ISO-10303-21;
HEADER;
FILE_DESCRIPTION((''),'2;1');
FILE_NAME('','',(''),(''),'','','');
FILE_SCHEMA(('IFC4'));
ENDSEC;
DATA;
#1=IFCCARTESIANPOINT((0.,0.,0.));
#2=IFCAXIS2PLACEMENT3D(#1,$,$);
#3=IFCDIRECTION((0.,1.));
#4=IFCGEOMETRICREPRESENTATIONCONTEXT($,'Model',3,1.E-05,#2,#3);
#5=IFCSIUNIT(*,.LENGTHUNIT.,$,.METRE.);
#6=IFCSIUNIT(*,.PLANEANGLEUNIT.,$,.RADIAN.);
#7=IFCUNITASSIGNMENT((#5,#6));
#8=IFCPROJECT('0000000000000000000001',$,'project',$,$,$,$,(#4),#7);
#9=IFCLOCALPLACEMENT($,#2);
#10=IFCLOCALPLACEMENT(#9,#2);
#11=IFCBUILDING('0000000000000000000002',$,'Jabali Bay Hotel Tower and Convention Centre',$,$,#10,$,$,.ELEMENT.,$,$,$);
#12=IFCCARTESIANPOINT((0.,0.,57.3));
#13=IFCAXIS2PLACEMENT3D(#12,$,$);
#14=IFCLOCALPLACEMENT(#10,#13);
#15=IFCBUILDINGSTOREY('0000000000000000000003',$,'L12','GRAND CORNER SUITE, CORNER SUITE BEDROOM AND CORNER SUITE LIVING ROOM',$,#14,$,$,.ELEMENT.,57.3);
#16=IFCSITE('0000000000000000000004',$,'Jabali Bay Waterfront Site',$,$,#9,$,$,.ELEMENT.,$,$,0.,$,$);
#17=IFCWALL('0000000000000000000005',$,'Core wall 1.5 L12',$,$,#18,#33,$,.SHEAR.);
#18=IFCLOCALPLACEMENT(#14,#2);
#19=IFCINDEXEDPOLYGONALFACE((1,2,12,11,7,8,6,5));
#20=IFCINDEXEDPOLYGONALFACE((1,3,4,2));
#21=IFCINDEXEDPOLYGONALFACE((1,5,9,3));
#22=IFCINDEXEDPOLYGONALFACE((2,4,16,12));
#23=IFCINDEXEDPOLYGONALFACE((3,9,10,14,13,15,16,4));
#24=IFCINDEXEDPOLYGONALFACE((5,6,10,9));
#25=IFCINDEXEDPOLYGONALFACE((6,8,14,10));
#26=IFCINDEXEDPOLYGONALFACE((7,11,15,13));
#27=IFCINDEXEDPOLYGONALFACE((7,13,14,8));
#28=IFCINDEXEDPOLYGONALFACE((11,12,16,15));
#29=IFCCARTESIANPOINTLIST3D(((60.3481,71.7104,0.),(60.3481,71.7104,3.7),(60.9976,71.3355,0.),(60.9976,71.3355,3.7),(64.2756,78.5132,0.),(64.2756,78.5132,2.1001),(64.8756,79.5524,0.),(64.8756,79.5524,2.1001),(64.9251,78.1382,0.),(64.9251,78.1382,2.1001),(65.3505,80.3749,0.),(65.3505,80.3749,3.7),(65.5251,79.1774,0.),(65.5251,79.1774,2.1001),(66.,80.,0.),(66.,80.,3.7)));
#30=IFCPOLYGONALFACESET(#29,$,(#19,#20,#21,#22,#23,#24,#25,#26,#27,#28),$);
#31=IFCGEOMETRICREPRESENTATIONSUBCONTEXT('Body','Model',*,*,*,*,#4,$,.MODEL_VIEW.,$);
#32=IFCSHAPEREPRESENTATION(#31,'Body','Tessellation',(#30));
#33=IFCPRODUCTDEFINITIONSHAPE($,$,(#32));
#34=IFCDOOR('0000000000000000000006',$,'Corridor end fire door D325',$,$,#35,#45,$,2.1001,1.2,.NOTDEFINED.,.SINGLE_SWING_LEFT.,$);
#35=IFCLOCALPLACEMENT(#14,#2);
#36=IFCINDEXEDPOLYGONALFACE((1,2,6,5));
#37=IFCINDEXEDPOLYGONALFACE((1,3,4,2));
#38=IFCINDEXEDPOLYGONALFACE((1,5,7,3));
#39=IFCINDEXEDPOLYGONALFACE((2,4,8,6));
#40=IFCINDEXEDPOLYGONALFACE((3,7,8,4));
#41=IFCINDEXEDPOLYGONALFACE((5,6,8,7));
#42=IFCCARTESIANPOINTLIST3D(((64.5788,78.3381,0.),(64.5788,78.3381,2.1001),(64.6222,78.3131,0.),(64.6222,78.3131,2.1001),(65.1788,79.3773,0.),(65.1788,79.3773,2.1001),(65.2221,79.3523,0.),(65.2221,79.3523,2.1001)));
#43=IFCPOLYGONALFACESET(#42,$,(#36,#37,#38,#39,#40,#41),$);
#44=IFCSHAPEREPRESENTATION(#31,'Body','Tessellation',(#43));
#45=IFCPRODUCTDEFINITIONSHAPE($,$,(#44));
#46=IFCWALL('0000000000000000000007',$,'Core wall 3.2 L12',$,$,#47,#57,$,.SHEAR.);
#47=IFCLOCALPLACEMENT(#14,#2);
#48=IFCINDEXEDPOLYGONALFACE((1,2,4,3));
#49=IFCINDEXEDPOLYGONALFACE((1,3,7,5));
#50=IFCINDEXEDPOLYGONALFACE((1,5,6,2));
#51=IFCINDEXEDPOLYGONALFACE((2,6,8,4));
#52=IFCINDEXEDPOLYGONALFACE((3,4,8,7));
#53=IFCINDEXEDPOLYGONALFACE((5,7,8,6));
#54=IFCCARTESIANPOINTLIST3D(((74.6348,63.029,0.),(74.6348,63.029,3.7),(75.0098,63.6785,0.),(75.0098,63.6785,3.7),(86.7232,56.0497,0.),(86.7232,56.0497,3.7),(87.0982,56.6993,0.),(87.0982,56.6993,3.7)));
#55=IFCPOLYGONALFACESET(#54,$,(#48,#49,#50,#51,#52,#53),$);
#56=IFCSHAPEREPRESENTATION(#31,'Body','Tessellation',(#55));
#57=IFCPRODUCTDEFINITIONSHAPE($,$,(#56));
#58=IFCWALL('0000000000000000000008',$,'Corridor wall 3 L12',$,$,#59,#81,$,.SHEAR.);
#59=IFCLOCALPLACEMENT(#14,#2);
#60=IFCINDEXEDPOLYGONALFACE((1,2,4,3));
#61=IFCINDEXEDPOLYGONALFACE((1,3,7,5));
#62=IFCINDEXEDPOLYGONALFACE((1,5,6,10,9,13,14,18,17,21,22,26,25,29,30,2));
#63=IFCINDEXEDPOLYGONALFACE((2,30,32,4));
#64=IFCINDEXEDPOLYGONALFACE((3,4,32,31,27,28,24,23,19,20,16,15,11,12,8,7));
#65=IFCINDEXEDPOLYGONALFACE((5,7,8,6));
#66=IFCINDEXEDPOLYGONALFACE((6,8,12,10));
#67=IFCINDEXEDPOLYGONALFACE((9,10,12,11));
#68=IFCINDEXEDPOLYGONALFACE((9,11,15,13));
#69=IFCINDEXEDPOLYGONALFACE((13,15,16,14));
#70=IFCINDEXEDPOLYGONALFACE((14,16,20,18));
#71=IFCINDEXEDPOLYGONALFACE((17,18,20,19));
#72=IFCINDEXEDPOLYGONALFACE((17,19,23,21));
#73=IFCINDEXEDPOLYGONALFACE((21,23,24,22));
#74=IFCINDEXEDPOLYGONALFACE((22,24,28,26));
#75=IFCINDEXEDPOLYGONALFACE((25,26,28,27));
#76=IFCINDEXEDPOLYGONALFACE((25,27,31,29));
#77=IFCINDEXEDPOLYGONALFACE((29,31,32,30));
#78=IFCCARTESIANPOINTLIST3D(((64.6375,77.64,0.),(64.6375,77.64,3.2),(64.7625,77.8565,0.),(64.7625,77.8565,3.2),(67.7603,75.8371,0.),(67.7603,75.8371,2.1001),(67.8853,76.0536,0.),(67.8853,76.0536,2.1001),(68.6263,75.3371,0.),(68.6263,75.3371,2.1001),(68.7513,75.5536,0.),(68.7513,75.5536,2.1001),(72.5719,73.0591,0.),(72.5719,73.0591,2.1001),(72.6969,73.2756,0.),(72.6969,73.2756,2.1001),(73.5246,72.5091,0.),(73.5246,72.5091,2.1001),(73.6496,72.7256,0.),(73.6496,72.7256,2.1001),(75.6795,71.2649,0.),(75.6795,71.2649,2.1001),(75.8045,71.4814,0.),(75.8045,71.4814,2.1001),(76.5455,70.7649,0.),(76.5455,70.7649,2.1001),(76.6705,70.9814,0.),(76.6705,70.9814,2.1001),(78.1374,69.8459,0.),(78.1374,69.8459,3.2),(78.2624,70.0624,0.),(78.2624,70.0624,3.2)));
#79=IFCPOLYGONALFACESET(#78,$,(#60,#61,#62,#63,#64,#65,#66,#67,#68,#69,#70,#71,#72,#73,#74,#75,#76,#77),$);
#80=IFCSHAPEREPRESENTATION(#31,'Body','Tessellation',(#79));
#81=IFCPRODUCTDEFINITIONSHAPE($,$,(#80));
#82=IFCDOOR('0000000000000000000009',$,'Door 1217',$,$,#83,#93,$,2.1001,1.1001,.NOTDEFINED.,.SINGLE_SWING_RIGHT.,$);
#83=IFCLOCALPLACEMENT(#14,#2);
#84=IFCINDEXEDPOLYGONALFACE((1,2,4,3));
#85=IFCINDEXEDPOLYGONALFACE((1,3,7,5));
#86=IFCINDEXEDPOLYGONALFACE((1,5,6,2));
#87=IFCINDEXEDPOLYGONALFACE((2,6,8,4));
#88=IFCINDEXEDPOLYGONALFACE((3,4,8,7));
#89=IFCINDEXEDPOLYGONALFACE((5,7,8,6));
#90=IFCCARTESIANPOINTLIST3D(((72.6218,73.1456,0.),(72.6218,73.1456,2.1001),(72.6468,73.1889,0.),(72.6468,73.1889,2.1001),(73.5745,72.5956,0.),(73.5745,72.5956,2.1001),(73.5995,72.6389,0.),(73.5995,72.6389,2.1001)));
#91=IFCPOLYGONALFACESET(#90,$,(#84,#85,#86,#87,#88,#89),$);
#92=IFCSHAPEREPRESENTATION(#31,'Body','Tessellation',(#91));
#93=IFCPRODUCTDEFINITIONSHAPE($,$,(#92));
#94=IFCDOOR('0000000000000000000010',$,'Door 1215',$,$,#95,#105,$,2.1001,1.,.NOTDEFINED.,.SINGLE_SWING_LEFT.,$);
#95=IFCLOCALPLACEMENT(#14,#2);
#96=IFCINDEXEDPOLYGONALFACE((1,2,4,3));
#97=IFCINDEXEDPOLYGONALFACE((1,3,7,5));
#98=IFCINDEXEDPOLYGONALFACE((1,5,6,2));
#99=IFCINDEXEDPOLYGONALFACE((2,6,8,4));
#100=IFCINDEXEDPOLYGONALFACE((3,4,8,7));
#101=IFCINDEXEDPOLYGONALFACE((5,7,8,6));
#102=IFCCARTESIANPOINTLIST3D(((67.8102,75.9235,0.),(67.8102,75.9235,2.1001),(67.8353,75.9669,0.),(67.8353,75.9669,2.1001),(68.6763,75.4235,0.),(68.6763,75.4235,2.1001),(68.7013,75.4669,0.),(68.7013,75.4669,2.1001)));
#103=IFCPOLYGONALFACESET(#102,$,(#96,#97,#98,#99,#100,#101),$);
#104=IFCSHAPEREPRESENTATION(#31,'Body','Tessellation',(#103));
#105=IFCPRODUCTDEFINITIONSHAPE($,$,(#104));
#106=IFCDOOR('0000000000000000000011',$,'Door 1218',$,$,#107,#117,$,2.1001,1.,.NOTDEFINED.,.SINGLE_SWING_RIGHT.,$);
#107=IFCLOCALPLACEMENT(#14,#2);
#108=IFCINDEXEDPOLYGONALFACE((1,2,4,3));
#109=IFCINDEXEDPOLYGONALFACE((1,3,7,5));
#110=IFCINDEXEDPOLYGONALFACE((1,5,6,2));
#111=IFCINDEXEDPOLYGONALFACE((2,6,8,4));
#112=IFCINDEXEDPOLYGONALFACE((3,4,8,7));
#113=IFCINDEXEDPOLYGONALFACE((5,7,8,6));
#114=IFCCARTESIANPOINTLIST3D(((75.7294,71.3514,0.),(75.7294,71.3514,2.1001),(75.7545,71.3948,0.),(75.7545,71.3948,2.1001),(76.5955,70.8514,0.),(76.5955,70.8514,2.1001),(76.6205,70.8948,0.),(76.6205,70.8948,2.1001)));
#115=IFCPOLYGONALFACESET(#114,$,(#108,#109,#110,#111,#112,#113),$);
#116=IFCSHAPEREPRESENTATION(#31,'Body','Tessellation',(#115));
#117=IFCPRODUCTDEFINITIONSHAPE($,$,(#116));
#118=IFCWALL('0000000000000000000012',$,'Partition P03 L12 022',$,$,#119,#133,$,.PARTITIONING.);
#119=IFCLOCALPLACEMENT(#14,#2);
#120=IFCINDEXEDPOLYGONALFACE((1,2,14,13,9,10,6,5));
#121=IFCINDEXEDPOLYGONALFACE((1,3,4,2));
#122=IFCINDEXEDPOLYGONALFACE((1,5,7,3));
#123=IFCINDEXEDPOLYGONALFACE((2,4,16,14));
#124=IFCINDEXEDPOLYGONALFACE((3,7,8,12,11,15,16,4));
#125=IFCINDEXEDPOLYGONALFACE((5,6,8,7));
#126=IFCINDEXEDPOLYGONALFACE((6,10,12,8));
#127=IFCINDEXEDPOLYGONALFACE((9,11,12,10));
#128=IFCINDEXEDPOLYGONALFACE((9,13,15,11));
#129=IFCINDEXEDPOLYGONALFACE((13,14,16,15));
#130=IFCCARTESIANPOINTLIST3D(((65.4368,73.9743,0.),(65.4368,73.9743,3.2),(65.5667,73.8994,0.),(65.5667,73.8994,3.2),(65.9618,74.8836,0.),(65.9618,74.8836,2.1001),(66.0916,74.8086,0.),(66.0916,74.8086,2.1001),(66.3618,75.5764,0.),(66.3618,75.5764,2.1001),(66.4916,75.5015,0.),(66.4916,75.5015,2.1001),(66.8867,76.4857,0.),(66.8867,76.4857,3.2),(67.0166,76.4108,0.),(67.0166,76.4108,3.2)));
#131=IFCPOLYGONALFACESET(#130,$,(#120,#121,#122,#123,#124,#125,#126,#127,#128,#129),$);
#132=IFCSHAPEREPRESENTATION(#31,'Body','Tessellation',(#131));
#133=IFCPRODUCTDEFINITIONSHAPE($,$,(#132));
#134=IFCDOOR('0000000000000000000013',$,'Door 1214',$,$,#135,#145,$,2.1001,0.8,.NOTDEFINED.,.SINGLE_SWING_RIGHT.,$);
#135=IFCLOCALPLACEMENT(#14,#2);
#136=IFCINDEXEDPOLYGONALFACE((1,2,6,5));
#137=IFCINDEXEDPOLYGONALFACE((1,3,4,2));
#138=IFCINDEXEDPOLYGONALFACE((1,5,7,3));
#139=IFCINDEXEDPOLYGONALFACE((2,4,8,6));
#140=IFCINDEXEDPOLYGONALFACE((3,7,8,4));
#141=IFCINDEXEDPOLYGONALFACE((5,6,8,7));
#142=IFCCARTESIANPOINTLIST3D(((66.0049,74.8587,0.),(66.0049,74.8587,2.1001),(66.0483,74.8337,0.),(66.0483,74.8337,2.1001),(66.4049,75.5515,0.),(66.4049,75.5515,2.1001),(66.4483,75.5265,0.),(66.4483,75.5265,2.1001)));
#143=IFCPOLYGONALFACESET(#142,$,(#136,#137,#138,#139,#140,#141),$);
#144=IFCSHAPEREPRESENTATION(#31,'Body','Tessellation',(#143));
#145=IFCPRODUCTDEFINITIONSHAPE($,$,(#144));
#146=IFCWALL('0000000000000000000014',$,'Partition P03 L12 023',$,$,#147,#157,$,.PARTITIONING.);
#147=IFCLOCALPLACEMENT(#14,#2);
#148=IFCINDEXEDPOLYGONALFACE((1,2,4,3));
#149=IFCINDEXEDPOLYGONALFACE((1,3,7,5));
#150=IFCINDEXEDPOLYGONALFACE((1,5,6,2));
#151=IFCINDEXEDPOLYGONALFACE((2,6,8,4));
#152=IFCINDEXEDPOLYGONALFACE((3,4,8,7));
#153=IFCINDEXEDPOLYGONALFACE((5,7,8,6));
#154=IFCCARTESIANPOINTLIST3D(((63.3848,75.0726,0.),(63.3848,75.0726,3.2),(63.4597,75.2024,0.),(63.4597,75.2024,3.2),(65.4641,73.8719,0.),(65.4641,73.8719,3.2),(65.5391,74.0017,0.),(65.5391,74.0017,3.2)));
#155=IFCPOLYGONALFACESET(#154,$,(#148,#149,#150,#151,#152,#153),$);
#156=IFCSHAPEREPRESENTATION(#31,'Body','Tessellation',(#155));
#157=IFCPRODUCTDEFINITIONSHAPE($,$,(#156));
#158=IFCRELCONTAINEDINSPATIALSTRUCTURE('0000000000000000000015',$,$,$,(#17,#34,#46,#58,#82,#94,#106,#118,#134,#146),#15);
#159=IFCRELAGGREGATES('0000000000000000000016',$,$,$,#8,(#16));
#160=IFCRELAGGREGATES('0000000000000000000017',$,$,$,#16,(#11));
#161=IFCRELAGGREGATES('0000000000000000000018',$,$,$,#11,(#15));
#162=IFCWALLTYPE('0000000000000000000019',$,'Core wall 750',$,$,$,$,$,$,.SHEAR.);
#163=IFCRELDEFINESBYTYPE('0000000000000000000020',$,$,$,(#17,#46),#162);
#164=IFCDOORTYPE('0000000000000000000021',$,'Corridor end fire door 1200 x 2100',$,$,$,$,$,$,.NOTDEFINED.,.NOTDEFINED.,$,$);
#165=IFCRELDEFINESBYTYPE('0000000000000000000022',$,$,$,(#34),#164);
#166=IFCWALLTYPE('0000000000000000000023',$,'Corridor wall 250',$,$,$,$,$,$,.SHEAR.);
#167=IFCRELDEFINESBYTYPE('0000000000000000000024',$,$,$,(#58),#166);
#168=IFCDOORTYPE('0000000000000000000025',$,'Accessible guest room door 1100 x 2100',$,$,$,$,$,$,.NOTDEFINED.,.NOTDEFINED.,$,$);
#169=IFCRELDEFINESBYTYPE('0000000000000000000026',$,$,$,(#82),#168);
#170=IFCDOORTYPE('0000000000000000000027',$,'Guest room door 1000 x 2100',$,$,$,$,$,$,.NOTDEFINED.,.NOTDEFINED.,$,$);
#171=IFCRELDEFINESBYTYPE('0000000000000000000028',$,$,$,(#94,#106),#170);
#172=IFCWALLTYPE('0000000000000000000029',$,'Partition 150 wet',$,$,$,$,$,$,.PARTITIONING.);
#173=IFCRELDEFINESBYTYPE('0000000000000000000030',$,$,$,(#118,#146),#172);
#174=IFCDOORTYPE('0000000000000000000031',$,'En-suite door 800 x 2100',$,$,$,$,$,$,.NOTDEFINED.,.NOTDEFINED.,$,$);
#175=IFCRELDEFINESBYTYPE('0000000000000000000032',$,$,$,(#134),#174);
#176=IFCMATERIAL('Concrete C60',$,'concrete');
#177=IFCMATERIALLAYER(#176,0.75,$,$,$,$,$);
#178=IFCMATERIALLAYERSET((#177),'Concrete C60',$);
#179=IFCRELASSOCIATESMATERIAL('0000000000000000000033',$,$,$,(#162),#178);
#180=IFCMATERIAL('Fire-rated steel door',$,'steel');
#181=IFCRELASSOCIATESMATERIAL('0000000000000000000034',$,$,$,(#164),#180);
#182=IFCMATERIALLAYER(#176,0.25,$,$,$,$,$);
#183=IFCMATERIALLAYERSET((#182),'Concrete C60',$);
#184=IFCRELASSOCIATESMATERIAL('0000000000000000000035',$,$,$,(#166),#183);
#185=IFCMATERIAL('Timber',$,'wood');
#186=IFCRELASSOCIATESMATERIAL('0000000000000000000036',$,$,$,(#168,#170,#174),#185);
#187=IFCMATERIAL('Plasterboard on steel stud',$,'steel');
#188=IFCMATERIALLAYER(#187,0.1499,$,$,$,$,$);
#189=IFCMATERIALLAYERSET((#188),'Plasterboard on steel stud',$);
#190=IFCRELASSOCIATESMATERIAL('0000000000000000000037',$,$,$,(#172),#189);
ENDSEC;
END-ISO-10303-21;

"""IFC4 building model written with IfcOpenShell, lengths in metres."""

from ifc_helpers import new_model, si_unit, direction, frame, frame_2d, origin, place, context, subcontext, project, spatial, rectangle, extrude, material, layer, layer_set, type_object, element, fill, save


model = new_model("IFC4")

# Units and contexts
model_context = context("Model", 3, precision=1e-05, world=origin(), true_north=direction((0.0, 1.0)))
body_context = subcontext(model_context, "Body", "Model", "MODEL_VIEW")
ifc_project = project(units=[si_unit("LENGTHUNIT", "METRE"), si_unit("PLANEANGLEUNIT", "RADIAN")], contexts=[model_context])

# Site, building, storey
site_placement = place(None, origin())
site = spatial("IfcSite", under=ifc_project, at=site_placement, Name="Jabali Bay Waterfront Site", CompositionType="ELEMENT", RefElevation=0.0)
building_placement = place(site_placement, origin())
building = spatial("IfcBuilding", under=site, at=building_placement, Name="Jabali Bay Hotel Tower and Convention Centre", CompositionType="ELEMENT")
storey_placement = place(building_placement, frame((0.0, 0.0, 57.3)))
storey = spatial("IfcBuildingStorey", under=building, at=storey_placement, Name="L12", Description="GRAND CORNER SUITE, CORNER SUITE BEDROOM AND CORNER SUITE LIVING ROOM", CompositionType="ELEMENT", Elevation=57.3)

# Shared definitions
ifc_material_1 = material(Name="Fire-rated steel door", Category="steel")

# Wall, opening, door
ifc_material_2 = material(Name="Concrete C60", Category="concrete")
ifc_layer_1 = layer(ifc_material_2, 0.75)
ifc_layer_set_1 = layer_set([ifc_layer_1], Name="Concrete C60")
wall_type_1 = type_object("IfcWallType", Name="Core wall 750", PredefinedType="SHEAR", material=ifc_layer_set_1)
wall_1_placement = place(storey_placement, frame((60.6729, 71.5229, 0.0), z_axis=(0.0, 0.0, 1.0), x_axis=(0.499997, 0.866027, 0.0)))
wall_1 = element("IfcWall", 1, at=wall_1_placement, inside=storey, type_object=wall_type_1, Name="Core wall 1.5 L12", PredefinedType="SHEAR", context=body_context, shape_type="SweptSolid", body=[
    extrude(rectangle(XDim=10.0049, YDim=0.75, at=frame_2d((5.0024, 0.0))), origin(), (0.0, 0.0, 1.0), 3.7),
])
opening_1_placement = place(wall_1_placement, frame((7.855, 0.0, 0.0)))
opening_1 = element("IfcOpeningElement", 2, at=opening_1_placement, cuts=wall_1, PredefinedType="OPENING", context=body_context, shape_type="SweptSolid", body=[
    extrude(rectangle(XDim=1.2, YDim=2.1001, at=frame_2d((0.6001, 1.05))), frame((0.0, 0.3855, 0.0), z_axis=(0.0, -1.0, 0.0), x_axis=(1.0, 0.0, 0.0)), (0.0, 0.0, 1.0), 0.771),
])
door_type_1 = type_object("IfcDoorType", Name="Corridor end fire door 1200 x 2100", OperationType="NOTDEFINED", PredefinedType="NOTDEFINED", material=ifc_material_1)
door_1_placement = place(opening_1_placement, origin())
door_1 = element("IfcDoor", 3, at=door_1_placement, inside=storey, type_object=door_type_1, Name="Corridor end fire door D325", OperationType="SINGLE_SWING_LEFT", OverallHeight=2.1001, OverallWidth=1.2, PredefinedType="NOTDEFINED", context=body_context, shape_type="SweptSolid", body=[
    extrude(rectangle(XDim=1.2, YDim=2.1001, at=frame_2d((0.6001, 1.05))), frame((0.0, 0.0249, 0.0), z_axis=(0.0, -1.0, 0.0), x_axis=(1.0, 0.0, 0.0)), (0.0, 0.0, 1.0), 0.05),
])
fill(opening_1, door_1)

# Wall
wall_2_placement = place(storey_placement, frame((74.8223, 63.3538, 0.0), z_axis=(0.0, 0.0, 1.0), x_axis=(0.866025, -0.500001, 0.0)))
element("IfcWall", 4, at=wall_2_placement, inside=storey, type_object=wall_type_1, Name="Core wall 3.2 L12", PredefinedType="SHEAR", context=body_context, shape_type="SweptSolid", body=[
    extrude(rectangle(XDim=13.9585, YDim=0.75, at=frame_2d((6.9792, 0.0))), origin(), (0.0, 0.0, 1.0), 3.7),
])

# Wall, openings, doors
ifc_layer_2 = layer(ifc_material_2, 0.25)
ifc_layer_set_2 = layer_set([ifc_layer_2], Name="Concrete C60")
wall_type_2 = type_object("IfcWallType", Name="Corridor wall 250", PredefinedType="SHEAR", material=ifc_layer_set_2)
wall_3_placement = place(storey_placement, frame((64.7, 77.7483, 0.0), z_axis=(0.0, 0.0, 1.0), x_axis=(0.866026, -0.499998, 0.0)))
wall_3 = element("IfcWall", 5, at=wall_3_placement, inside=storey, type_object=wall_type_2, Name="Corridor wall 3 L12", PredefinedType="SHEAR", context=body_context, shape_type="SweptSolid", body=[
    extrude(rectangle(XDim=15.5884, YDim=0.25, at=frame_2d((7.7942, 0.0))), origin(), (0.0, 0.0, 1.0), 3.2),
])
opening_2_placement = place(wall_3_placement, frame((3.606, 0.0, 0.0)))
opening_2 = element("IfcOpeningElement", 6, at=opening_2_placement, cuts=wall_3, PredefinedType="OPENING", context=body_context, shape_type="SweptSolid", body=[
    extrude(rectangle(XDim=1.0, YDim=2.1001, at=frame_2d((0.5, 1.05))), frame((0.0, 0.1355, 0.0), z_axis=(0.0, -1.0, 0.0), x_axis=(1.0, 0.0, 0.0)), (0.0, 0.0, 1.0), 0.271),
])
opening_3_placement = place(wall_3_placement, frame((9.1619, 0.0, 0.0)))
opening_3 = element("IfcOpeningElement", 7, at=opening_3_placement, cuts=wall_3, PredefinedType="OPENING", context=body_context, shape_type="SweptSolid", body=[
    extrude(rectangle(XDim=1.1001, YDim=2.1001, at=frame_2d((0.55, 1.05))), frame((0.0, 0.1355, 0.0), z_axis=(0.0, -1.0, 0.0), x_axis=(1.0, 0.0, 0.0)), (0.0, 0.0, 1.0), 0.271),
])
opening_4_placement = place(wall_3_placement, frame((12.7502, 0.0, 0.0)))
opening_4 = element("IfcOpeningElement", 8, at=opening_4_placement, cuts=wall_3, PredefinedType="OPENING", context=body_context, shape_type="SweptSolid", body=[
    extrude(rectangle(XDim=1.0, YDim=2.1001, at=frame_2d((0.5, 1.05))), frame((0.0, 0.1355, 0.0), z_axis=(0.0, -1.0, 0.0), x_axis=(1.0, 0.0, 0.0)), (0.0, 0.0, 1.0), 0.271),
])
ifc_material_3 = material(Name="Timber", Category="wood")
door_type_2 = type_object("IfcDoorType", Name="Accessible guest room door 1100 x 2100", OperationType="NOTDEFINED", PredefinedType="NOTDEFINED", material=ifc_material_3)
door_2_placement = place(opening_3_placement, origin())
door_2 = element("IfcDoor", 9, at=door_2_placement, inside=storey, type_object=door_type_2, Name="Door 1217", OperationType="SINGLE_SWING_RIGHT", OverallHeight=2.1001, OverallWidth=1.1001, PredefinedType="NOTDEFINED", context=body_context, shape_type="SweptSolid", body=[
    extrude(rectangle(XDim=1.1001, YDim=2.1001, at=frame_2d((0.55, 1.05))), frame((0.0, 0.0249, 0.0), z_axis=(0.0, -1.0, 0.0), x_axis=(1.0, 0.0, 0.0)), (0.0, 0.0, 1.0), 0.05),
])
fill(opening_3, door_2)
door_type_3 = type_object("IfcDoorType", Name="Guest room door 1000 x 2100", OperationType="NOTDEFINED", PredefinedType="NOTDEFINED", material=ifc_material_3)
door_3_placement = place(opening_2_placement, origin())
door_3 = element("IfcDoor", 10, at=door_3_placement, inside=storey, type_object=door_type_3, Name="Door 1215", OperationType="SINGLE_SWING_LEFT", OverallHeight=2.1001, OverallWidth=1.0, PredefinedType="NOTDEFINED", context=body_context, shape_type="SweptSolid", body=[
    extrude(rectangle(XDim=1.0, YDim=2.1001, at=frame_2d((0.5, 1.05))), frame((0.0, 0.0249, 0.0), z_axis=(0.0, -1.0, 0.0), x_axis=(1.0, 0.0, 0.0)), (0.0, 0.0, 1.0), 0.05),
])
fill(opening_2, door_3)
door_4_placement = place(opening_4_placement, origin())
door_4 = element("IfcDoor", 11, at=door_4_placement, inside=storey, type_object=door_type_3, Name="Door 1218", OperationType="SINGLE_SWING_RIGHT", OverallHeight=2.1001, OverallWidth=1.0, PredefinedType="NOTDEFINED", context=body_context, shape_type="SweptSolid", body=[
    extrude(rectangle(XDim=1.0, YDim=2.1001, at=frame_2d((0.5, 1.05))), frame((0.0, 0.0249, 0.0), z_axis=(0.0, -1.0, 0.0), x_axis=(1.0, 0.0, 0.0)), (0.0, 0.0, 1.0), 0.05),
])
fill(opening_4, door_4)

# Wall, opening, door
ifc_material_4 = material(Name="Plasterboard on steel stud", Category="steel")
ifc_layer_3 = layer(ifc_material_4, 0.1499)
ifc_layer_set_3 = layer_set([ifc_layer_3], Name="Plasterboard on steel stud")
wall_type_3 = type_object("IfcWallType", Name="Partition 150 wet", PredefinedType="PARTITIONING", material=ifc_layer_set_3)
wall_4_placement = place(storey_placement, frame((66.9517, 76.4482, 0.0), z_axis=(0.0, 0.0, 1.0), x_axis=(-0.499987, -0.866033, 0.0)))
wall_4 = element("IfcWall", 12, at=wall_4_placement, inside=storey, type_object=wall_type_3, Name="Partition P03 L12 022", PredefinedType="PARTITIONING", context=body_context, shape_type="SweptSolid", body=[
    extrude(rectangle(XDim=2.8999, YDim=0.1499, at=frame_2d((1.45, 0.0))), origin(), (0.0, 0.0, 1.0), 3.2),
])
opening_5_placement = place(wall_4_placement, frame((1.05, 0.0, 0.0)))
opening_5 = element("IfcOpeningElement", 13, at=opening_5_placement, cuts=wall_4, PredefinedType="OPENING", context=body_context, shape_type="SweptSolid", body=[
    extrude(rectangle(XDim=0.8, YDim=2.1001, at=frame_2d((0.3999, 1.05))), frame((0.0, 0.0854, 0.0), z_axis=(0.0, -1.0, 0.0), x_axis=(1.0, 0.0, 0.0)), (0.0, 0.0, 1.0), 0.1709),
])
door_type_4 = type_object("IfcDoorType", Name="En-suite door 800 x 2100", OperationType="NOTDEFINED", PredefinedType="NOTDEFINED", material=ifc_material_3)
door_5_placement = place(opening_5_placement, origin())
door_5 = element("IfcDoor", 14, at=door_5_placement, inside=storey, type_object=door_type_4, Name="Door 1214", OperationType="SINGLE_SWING_RIGHT", OverallHeight=2.1001, OverallWidth=0.8, PredefinedType="NOTDEFINED", context=body_context, shape_type="SweptSolid", body=[
    extrude(rectangle(XDim=0.8, YDim=2.1001, at=frame_2d((0.3999, 1.05))), frame((0.0, 0.0249, 0.0), z_axis=(0.0, -1.0, 0.0), x_axis=(1.0, 0.0, 0.0)), (0.0, 0.0, 1.0), 0.05),
])
fill(opening_5, door_5)

# Wall
wall_5_placement = place(storey_placement, frame((65.5017, 73.9368, 0.0), z_axis=(0.0, 0.0, 1.0), x_axis=(-0.865994, 0.500054, 0.0)))
element("IfcWall", 15, at=wall_5_placement, inside=storey, type_object=wall_type_3, Name="Partition P03 L12 023", PredefinedType="PARTITIONING", context=body_context, shape_type="SweptSolid", body=[
    extrude(rectangle(XDim=2.4011, YDim=0.1499, at=frame_2d((1.2007, 0.0))), origin(), (0.0, 0.0, 1.0), 3.2),
])

save(model, "model.ifc")
